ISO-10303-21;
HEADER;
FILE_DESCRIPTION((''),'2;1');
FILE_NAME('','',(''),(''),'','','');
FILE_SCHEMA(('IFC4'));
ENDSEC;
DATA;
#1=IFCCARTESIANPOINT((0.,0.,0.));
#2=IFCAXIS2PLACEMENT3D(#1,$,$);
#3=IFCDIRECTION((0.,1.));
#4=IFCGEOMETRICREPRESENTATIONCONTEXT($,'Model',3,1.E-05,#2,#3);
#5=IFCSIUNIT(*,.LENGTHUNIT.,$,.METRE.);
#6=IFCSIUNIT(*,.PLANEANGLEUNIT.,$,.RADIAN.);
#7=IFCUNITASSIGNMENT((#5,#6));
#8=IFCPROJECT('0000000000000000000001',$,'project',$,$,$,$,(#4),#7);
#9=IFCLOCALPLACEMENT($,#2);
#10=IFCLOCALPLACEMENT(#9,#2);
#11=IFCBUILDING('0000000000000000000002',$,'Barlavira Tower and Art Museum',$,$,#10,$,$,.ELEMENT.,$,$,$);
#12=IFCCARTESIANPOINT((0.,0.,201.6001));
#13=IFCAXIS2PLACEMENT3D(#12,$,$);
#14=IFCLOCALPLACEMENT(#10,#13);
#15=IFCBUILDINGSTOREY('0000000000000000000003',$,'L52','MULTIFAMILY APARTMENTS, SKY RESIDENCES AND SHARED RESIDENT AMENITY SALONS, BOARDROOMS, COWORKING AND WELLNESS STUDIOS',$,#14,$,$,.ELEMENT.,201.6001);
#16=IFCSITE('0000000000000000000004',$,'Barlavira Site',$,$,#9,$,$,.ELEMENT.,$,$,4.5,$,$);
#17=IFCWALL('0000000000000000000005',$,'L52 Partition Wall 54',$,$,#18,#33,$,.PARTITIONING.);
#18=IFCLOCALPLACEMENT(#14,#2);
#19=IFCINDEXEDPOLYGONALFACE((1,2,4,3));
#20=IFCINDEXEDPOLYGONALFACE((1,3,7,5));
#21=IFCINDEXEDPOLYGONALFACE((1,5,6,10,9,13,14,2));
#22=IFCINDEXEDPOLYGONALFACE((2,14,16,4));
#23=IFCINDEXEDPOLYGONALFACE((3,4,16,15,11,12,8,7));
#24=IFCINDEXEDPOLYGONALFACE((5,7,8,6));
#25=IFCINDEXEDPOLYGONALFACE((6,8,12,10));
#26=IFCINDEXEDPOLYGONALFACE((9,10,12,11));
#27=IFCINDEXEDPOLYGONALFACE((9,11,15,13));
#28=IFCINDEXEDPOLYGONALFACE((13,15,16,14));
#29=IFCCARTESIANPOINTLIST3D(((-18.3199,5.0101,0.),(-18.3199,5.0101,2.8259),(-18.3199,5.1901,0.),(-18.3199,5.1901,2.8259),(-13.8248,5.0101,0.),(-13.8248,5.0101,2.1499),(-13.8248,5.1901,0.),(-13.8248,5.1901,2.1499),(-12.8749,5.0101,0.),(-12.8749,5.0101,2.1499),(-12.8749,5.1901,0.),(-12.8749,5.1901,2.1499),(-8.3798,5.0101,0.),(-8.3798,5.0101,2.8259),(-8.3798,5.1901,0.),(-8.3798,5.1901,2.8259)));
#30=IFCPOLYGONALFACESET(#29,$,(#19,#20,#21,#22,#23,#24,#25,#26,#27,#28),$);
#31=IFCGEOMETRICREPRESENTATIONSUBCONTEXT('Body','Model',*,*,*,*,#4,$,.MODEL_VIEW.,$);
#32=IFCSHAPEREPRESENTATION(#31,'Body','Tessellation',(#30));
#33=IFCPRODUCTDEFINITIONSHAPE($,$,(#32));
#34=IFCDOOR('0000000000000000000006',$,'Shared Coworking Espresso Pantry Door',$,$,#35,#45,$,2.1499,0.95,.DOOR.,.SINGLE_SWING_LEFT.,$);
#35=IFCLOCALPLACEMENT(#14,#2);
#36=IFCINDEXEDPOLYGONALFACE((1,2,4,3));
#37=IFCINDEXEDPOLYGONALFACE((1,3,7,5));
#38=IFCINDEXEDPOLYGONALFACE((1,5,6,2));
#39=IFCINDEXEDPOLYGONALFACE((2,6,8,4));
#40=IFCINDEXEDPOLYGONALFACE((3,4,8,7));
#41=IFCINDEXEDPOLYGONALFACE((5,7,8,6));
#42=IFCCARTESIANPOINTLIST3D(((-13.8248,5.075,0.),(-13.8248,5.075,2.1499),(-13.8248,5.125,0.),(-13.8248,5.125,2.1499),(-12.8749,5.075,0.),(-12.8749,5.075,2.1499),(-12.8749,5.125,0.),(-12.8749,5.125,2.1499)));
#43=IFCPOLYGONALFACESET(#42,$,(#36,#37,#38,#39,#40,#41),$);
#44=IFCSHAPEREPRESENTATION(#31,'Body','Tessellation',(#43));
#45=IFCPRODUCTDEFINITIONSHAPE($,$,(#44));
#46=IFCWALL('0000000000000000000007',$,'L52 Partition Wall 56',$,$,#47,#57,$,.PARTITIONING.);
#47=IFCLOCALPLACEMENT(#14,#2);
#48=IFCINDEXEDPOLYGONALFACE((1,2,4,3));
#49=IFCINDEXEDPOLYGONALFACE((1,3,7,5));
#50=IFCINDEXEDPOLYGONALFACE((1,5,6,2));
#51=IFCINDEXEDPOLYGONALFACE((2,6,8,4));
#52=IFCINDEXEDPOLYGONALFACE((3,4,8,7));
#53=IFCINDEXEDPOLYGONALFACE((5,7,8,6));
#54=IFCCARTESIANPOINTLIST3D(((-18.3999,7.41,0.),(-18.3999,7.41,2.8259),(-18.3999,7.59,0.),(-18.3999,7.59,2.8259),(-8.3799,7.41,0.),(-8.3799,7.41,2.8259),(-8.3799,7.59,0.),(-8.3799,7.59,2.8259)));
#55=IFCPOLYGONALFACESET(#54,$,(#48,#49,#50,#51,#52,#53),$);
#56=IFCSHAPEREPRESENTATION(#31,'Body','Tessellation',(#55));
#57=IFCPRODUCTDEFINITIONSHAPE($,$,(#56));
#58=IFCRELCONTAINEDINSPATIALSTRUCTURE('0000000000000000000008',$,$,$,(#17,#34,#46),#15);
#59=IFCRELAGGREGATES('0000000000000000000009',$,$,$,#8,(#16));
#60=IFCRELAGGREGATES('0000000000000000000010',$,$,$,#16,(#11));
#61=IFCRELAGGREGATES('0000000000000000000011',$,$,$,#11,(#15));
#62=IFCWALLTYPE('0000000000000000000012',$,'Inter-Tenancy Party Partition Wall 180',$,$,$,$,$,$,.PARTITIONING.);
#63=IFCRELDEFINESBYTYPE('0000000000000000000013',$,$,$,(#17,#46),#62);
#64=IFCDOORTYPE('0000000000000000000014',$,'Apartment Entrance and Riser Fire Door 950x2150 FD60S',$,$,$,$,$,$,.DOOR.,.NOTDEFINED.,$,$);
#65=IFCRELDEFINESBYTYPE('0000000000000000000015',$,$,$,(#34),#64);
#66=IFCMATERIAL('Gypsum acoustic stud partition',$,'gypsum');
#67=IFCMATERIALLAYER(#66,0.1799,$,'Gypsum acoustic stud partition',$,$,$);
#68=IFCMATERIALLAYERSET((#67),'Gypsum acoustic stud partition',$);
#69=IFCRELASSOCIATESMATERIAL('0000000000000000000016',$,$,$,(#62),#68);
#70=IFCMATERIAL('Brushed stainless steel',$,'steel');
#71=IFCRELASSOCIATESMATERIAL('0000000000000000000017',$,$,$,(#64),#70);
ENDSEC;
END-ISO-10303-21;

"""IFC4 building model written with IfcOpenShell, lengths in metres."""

from ifc_helpers import new_model, si_unit, direction, frame, frame_2d, origin, place, context, subcontext, project, spatial, rectangle, extrude, material, layer, layer_set, type_object, element, fill, save


model = new_model("IFC4")

# Units and contexts
model_context = context("Model", 3, precision=1e-05, world=origin(), true_north=direction((0.0, 1.0)))
body_context = subcontext(model_context, "Body", "Model", "MODEL_VIEW")
ifc_project = project(units=[si_unit("LENGTHUNIT", "METRE"), si_unit("PLANEANGLEUNIT", "RADIAN")], contexts=[model_context])

# Site, building, storey
site_placement = place(None, origin())
site = spatial("IfcSite", under=ifc_project, at=site_placement, Name="Barlavira Site", CompositionType="ELEMENT", RefElevation=4.5)
building_placement = place(site_placement, origin())
building = spatial("IfcBuilding", under=site, at=building_placement, Name="Barlavira Tower and Art Museum", CompositionType="ELEMENT")
storey_placement = place(building_placement, frame((0.0, 0.0, 201.6001)))
storey = spatial("IfcBuildingStorey", under=building, at=storey_placement, Name="L52", Description="MULTIFAMILY APARTMENTS, SKY RESIDENCES AND SHARED RESIDENT AMENITY SALONS, BOARDROOMS, COWORKING AND WELLNESS STUDIOS", CompositionType="ELEMENT", Elevation=201.6001)

# Wall, opening, door
ifc_material_1 = material(Name="Brushed stainless steel", Category="steel")
ifc_material_2 = material(Name="Gypsum acoustic stud partition", Category="gypsum")
ifc_layer_1 = layer(ifc_material_2, 0.1799, Name="Gypsum acoustic stud partition")
ifc_layer_set_1 = layer_set([ifc_layer_1], Name="Gypsum acoustic stud partition")
wall_type_1 = type_object("IfcWallType", Name="Inter-Tenancy Party Partition Wall 180", PredefinedType="PARTITIONING", material=ifc_layer_set_1)
wall_1_placement = place(storey_placement, frame((-18.3201, 5.1001, 0.0), z_axis=(0.0, 0.0, 1.0), x_axis=(1.0, 0.0, 0.0)))
wall_1 = element("IfcWall", 1, at=wall_1_placement, inside=storey, type_object=wall_type_1, Name="L52 Partition Wall 54", PredefinedType="PARTITIONING", context=body_context, shape_type="SweptSolid", body=[
    extrude(rectangle(XDim=9.9402, YDim=0.1799, at=frame_2d((4.9702, 0.0))), origin(), (0.0, 0.0, 1.0), 2.8259),
])
opening_1_placement = place(wall_1_placement, frame((4.4951, 0.0, 0.0)))
opening_1 = element("IfcOpeningElement", 2, at=opening_1_placement, cuts=wall_1, PredefinedType="OPENING", context=body_context, shape_type="SweptSolid", body=[
    extrude(rectangle(XDim=0.95, YDim=2.1499, at=frame_2d((0.4751, 1.075))), frame((0.0, 0.1001, 0.0), z_axis=(0.0, -1.0, 0.0), x_axis=(1.0, 0.0, 0.0)), (0.0, 0.0, 1.0), 0.2),
])
door_type_1 = type_object("IfcDoorType", Name="Apartment Entrance and Riser Fire Door 950x2150 FD60S", OperationType="NOTDEFINED", PredefinedType="DOOR", material=ifc_material_1)
door_1_placement = place(opening_1_placement, origin())
door_1 = element("IfcDoor", 3, at=door_1_placement, inside=storey, type_object=door_type_1, Name="Shared Coworking Espresso Pantry Door", OperationType="SINGLE_SWING_LEFT", OverallHeight=2.1499, OverallWidth=0.95, PredefinedType="DOOR", context=body_context, shape_type="SweptSolid", body=[
    extrude(rectangle(XDim=0.95, YDim=2.1499, at=frame_2d((0.4751, 1.075))), frame((0.0, 0.0249, 0.0), z_axis=(0.0, -1.0, 0.0), x_axis=(1.0, 0.0, 0.0)), (0.0, 0.0, 1.0), 0.05),
])
fill(opening_1, door_1)

# Wall
wall_2_placement = place(storey_placement, frame((-18.3999, 7.5, 0.0), z_axis=(0.0, 0.0, 1.0), x_axis=(1.0, 0.0, 0.0)))
element("IfcWall", 4, at=wall_2_placement, inside=storey, type_object=wall_type_1, Name="L52 Partition Wall 56", PredefinedType="PARTITIONING", context=body_context, shape_type="SweptSolid", body=[
    extrude(rectangle(XDim=10.02, YDim=0.1799, at=frame_2d((5.01, 0.0))), origin(), (0.0, 0.0, 1.0), 2.8259),
])

save(model, "model.ifc")
